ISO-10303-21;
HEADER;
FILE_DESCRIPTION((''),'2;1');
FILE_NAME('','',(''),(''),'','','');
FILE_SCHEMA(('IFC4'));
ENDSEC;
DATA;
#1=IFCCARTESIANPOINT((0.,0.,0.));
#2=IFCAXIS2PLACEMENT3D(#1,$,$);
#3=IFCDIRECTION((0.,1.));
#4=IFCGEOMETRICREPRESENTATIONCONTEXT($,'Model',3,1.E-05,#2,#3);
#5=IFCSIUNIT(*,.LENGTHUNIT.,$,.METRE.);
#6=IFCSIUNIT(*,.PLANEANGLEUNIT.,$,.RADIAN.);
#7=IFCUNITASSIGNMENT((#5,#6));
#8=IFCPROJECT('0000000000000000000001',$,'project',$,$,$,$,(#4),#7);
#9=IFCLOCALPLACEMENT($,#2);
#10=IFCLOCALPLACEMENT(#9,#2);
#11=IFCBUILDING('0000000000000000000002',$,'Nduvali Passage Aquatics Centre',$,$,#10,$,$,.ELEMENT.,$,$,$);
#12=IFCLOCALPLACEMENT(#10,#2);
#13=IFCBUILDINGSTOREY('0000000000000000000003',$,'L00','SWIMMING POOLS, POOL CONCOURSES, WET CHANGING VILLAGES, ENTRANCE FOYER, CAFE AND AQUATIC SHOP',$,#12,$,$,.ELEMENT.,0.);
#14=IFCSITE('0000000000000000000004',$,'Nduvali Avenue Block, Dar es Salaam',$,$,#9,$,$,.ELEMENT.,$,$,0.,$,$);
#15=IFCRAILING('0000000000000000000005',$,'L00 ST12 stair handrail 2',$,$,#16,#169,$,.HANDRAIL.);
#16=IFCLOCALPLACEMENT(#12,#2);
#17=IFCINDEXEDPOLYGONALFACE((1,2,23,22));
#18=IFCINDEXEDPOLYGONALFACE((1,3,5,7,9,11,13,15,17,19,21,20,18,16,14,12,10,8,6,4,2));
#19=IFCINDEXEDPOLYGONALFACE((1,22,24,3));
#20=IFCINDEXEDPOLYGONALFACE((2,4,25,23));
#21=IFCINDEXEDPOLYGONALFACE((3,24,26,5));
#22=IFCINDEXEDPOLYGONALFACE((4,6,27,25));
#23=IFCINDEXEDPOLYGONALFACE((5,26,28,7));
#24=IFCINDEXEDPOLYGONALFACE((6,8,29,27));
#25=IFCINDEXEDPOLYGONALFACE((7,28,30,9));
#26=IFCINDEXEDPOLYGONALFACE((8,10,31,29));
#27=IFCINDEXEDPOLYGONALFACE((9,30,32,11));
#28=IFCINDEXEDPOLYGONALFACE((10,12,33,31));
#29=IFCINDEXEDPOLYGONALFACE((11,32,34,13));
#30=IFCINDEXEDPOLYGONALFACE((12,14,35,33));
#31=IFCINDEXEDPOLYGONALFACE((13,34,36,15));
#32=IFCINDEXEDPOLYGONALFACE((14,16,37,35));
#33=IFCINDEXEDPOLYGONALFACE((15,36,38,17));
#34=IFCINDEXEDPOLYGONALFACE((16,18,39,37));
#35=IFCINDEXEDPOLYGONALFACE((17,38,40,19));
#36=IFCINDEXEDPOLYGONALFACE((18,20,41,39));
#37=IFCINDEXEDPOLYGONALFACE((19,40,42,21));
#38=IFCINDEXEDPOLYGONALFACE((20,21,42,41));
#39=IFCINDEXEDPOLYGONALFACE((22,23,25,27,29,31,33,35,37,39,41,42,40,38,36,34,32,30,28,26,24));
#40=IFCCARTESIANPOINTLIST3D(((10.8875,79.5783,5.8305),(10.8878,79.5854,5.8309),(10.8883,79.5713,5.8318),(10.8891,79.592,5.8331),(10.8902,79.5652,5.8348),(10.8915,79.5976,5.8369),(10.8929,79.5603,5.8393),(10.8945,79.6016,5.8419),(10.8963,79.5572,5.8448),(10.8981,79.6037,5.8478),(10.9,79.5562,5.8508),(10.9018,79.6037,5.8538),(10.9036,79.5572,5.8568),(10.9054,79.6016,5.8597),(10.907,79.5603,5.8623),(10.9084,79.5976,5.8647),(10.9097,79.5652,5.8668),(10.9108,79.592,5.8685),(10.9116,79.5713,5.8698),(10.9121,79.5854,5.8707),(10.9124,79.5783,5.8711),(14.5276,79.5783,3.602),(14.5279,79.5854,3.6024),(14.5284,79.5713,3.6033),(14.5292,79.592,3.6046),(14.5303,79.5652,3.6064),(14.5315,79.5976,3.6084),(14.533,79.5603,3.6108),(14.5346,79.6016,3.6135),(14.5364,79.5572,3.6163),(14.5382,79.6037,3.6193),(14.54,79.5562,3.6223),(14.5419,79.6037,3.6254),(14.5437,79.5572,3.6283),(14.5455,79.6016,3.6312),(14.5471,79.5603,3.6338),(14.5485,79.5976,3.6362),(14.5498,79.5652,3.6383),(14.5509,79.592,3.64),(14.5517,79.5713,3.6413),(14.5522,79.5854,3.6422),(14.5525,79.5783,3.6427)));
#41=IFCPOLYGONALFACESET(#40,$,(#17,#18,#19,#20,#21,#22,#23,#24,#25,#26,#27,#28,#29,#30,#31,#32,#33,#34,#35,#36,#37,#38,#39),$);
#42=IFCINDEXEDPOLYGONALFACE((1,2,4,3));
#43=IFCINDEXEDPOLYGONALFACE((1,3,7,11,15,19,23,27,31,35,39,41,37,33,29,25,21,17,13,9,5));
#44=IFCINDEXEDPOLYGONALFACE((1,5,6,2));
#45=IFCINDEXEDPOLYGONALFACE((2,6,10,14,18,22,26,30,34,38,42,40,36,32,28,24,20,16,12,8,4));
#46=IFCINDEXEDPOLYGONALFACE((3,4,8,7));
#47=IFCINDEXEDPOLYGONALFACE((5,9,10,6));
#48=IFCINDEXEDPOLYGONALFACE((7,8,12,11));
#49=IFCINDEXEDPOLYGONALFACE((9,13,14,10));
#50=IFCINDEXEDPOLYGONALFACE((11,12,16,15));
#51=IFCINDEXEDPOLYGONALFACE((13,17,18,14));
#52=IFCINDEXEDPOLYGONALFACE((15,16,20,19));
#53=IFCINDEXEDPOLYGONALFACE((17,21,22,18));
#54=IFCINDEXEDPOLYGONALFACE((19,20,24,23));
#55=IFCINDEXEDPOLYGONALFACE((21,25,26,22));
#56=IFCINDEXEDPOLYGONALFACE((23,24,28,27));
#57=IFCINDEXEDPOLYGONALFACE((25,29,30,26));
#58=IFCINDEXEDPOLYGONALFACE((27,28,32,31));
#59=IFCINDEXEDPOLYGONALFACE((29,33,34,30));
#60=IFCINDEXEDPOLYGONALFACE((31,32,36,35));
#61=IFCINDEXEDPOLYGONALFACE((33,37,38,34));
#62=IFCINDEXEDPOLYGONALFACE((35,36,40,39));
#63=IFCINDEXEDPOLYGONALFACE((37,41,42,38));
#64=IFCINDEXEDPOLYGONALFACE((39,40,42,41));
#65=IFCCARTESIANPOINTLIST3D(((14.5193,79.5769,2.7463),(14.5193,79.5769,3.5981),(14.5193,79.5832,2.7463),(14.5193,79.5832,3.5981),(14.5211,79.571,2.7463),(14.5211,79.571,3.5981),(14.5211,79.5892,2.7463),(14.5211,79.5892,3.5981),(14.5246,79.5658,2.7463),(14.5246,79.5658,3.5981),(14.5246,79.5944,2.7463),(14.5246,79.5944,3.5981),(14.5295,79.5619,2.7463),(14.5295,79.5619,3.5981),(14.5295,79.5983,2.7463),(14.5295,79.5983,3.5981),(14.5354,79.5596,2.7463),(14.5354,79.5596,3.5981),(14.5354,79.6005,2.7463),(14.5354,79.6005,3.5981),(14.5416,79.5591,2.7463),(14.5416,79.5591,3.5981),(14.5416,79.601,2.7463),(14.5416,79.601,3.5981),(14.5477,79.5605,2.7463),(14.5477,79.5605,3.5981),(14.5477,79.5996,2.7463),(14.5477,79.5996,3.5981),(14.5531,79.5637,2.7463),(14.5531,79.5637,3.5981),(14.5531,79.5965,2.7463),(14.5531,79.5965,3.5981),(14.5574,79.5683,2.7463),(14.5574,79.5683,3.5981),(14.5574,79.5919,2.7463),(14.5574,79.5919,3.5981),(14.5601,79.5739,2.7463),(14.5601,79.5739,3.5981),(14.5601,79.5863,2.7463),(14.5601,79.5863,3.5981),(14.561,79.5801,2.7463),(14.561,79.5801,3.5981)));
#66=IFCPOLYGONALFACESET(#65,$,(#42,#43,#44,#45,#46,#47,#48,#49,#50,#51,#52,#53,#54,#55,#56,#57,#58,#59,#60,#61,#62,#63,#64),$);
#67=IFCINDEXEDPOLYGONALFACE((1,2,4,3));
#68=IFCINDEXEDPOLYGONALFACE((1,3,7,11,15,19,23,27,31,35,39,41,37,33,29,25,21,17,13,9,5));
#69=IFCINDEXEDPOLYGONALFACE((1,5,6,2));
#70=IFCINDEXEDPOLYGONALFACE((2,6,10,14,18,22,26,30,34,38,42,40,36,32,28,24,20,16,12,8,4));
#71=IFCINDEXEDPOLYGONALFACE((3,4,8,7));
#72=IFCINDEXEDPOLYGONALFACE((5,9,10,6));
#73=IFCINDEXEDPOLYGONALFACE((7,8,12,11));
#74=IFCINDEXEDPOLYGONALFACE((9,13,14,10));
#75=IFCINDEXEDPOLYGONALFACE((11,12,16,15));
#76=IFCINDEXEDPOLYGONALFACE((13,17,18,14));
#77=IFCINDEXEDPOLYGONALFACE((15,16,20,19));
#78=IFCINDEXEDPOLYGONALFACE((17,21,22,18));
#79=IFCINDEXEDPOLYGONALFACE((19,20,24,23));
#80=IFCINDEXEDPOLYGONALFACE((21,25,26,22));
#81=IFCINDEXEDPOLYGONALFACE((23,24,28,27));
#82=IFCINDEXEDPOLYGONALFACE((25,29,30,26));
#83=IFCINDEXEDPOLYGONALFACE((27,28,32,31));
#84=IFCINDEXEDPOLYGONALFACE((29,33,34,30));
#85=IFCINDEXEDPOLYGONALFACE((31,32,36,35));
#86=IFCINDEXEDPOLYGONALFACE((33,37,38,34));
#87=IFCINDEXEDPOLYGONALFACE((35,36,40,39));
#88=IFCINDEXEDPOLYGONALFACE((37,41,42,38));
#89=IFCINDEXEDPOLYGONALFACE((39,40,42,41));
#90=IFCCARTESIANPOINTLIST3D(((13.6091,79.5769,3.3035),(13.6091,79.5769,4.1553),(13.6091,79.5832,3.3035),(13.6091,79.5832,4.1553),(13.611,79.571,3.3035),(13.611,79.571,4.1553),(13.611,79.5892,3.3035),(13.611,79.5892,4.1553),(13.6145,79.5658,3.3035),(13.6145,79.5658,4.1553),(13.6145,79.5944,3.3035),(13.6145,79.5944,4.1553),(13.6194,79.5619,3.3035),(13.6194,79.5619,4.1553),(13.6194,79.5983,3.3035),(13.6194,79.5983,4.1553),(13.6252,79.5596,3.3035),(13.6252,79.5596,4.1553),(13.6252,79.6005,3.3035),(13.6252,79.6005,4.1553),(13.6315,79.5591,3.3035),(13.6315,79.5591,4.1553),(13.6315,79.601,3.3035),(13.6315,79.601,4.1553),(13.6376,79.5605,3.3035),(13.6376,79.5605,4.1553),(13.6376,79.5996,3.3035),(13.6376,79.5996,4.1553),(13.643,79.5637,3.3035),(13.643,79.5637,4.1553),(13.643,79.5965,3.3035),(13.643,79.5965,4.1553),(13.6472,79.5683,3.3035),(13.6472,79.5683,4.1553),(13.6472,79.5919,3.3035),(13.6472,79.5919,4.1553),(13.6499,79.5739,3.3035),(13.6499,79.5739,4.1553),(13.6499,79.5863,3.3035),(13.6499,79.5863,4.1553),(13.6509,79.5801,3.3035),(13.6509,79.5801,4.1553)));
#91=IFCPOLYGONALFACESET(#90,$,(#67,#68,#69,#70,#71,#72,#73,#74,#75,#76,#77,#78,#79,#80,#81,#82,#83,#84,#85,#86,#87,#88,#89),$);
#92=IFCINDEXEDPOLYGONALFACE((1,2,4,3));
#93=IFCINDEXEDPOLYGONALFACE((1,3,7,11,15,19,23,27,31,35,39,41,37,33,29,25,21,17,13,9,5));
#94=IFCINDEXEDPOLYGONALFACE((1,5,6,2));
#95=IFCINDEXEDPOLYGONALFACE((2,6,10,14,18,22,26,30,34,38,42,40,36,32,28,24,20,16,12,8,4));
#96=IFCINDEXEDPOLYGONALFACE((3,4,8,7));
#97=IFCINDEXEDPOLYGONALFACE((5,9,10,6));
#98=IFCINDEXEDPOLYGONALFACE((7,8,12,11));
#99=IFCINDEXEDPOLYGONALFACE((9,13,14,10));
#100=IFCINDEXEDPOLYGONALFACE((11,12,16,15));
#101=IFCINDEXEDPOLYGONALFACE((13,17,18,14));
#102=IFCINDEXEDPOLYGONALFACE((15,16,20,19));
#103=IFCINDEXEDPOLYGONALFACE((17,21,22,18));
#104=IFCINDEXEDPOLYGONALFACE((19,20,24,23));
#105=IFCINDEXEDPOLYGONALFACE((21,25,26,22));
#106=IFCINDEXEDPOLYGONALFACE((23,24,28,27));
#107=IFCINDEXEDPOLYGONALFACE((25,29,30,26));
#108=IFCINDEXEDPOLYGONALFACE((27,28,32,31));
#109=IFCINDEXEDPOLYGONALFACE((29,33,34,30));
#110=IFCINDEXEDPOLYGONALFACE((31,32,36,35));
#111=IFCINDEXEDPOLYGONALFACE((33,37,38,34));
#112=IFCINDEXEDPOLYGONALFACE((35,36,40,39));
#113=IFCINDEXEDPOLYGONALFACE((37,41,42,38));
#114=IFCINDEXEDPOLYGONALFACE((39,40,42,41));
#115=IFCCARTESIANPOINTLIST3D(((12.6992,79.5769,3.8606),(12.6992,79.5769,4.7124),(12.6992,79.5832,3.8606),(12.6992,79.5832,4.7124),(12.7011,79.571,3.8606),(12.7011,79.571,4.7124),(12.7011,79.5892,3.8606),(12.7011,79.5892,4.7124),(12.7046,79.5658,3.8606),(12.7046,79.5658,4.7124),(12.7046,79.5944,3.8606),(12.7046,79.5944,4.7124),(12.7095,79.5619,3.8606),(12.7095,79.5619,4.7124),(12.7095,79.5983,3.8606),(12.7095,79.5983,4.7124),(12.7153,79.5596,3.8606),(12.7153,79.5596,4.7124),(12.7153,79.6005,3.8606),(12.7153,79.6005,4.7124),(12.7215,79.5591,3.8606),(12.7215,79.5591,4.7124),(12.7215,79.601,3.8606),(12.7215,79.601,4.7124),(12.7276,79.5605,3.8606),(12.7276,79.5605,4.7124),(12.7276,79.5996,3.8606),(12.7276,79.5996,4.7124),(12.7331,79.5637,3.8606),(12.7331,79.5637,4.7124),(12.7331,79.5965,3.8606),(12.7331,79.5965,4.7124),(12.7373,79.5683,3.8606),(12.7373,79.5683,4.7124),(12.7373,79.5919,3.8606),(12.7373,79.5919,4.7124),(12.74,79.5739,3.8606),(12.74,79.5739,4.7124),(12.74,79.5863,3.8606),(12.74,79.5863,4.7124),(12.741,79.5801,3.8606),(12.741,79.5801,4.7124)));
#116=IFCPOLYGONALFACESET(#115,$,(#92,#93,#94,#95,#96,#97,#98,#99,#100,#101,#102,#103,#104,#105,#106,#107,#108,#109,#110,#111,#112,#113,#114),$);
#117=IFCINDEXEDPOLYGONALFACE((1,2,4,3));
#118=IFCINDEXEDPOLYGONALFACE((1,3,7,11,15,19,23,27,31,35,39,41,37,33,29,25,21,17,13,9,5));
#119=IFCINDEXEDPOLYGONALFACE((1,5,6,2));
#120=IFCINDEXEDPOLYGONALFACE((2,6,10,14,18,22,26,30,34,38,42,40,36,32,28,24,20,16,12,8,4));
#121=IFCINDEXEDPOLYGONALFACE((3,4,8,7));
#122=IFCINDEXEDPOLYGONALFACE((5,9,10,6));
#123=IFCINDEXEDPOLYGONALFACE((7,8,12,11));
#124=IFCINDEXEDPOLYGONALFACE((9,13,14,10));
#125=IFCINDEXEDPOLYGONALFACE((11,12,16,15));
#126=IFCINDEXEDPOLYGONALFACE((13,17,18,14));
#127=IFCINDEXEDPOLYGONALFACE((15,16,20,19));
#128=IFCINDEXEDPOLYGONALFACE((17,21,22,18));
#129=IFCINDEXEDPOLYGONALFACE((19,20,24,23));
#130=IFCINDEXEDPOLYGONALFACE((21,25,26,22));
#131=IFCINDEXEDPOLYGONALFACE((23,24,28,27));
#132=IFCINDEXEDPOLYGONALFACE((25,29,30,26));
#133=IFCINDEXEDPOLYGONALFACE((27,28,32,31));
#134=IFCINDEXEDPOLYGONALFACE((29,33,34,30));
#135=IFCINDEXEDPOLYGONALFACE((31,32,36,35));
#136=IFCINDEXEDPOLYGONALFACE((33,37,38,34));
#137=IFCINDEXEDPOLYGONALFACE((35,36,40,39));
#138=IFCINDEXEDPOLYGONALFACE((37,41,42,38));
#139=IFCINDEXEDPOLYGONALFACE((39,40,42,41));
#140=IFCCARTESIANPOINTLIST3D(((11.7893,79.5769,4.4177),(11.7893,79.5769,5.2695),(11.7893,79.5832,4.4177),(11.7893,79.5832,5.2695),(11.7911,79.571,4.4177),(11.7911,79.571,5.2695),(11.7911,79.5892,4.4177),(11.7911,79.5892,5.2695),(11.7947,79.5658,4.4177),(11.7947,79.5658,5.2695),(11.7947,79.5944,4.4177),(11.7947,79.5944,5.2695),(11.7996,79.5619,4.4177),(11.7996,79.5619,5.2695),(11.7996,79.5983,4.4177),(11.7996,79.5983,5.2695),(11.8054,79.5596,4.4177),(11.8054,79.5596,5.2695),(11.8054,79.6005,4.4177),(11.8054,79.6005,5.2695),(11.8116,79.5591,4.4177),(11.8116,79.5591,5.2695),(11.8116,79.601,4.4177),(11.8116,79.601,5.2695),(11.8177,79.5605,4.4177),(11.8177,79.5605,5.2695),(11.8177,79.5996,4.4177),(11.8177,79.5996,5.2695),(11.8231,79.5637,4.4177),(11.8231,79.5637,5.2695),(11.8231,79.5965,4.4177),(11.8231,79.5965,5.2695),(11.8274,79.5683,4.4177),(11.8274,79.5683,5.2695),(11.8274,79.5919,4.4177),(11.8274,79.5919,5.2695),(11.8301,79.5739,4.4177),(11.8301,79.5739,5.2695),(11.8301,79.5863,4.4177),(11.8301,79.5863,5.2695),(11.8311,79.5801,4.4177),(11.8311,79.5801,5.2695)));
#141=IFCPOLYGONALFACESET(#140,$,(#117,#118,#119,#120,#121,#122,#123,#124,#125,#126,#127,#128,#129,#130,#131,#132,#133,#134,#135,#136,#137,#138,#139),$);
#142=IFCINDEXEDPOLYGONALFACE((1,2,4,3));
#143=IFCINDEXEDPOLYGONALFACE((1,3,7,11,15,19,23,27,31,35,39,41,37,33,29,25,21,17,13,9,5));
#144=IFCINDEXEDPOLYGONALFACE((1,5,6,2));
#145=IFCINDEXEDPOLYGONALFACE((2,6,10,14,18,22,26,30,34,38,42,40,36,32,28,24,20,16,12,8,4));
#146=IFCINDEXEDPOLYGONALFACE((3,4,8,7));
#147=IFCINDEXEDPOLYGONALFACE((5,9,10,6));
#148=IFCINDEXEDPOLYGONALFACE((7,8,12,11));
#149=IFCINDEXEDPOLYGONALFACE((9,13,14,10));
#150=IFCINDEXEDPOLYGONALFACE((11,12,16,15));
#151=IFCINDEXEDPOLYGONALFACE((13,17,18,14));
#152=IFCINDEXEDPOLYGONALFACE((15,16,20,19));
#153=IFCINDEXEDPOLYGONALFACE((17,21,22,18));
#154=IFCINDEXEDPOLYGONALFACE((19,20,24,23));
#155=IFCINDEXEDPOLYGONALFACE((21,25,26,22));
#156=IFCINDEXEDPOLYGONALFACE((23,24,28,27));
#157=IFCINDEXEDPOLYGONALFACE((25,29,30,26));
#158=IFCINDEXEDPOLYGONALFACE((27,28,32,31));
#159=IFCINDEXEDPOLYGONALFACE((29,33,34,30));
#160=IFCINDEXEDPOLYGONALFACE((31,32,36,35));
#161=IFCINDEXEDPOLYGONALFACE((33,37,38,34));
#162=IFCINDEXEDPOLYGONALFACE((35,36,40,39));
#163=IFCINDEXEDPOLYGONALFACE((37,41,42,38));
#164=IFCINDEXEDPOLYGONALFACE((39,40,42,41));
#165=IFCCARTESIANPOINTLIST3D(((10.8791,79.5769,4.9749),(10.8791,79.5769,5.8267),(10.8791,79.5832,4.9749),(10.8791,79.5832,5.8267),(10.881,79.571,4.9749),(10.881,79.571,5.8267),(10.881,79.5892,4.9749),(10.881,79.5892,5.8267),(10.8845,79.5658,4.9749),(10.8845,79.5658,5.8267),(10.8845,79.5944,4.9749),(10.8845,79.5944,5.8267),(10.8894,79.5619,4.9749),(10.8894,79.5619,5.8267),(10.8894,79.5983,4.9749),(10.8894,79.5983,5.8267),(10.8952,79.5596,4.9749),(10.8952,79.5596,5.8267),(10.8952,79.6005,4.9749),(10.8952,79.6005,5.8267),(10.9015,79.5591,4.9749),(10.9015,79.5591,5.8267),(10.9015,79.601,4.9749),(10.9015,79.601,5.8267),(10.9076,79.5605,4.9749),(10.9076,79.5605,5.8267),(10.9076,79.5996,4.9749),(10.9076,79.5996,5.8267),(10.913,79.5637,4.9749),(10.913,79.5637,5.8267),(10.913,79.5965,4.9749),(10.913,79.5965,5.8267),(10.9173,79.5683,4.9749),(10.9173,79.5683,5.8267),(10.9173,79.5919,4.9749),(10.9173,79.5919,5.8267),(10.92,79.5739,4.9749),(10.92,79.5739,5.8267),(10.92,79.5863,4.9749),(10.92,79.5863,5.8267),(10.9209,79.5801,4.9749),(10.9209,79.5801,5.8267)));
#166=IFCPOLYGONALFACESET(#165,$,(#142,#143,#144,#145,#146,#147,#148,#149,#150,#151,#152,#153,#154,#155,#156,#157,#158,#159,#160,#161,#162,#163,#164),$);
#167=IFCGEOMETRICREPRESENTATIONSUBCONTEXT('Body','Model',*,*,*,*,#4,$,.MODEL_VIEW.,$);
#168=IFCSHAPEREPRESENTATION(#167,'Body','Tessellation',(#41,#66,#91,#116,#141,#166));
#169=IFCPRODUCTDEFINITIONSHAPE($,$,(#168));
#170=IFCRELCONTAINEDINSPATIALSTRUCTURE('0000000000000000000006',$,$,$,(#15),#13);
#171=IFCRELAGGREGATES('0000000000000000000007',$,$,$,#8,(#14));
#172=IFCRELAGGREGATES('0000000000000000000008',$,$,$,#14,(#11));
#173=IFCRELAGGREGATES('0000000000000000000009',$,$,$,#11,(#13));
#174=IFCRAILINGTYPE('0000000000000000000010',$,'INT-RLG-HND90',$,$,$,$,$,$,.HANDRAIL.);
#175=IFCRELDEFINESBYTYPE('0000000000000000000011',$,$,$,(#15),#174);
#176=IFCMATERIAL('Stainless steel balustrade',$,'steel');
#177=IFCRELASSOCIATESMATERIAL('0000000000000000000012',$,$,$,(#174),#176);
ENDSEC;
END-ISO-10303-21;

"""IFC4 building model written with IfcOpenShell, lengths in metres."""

from ifc_helpers import new_model, si_unit, direction, frame, origin, origin_2d, place, context, subcontext, project, spatial, circle, extrude, material, type_object, element, save


model = new_model("IFC4")

# Units and contexts
model_context = context("Model", 3, precision=1e-05, world=origin(), true_north=direction((0.0, 1.0)))
body_context = subcontext(model_context, "Body", "Model", "MODEL_VIEW")
ifc_project = project(units=[si_unit("LENGTHUNIT", "METRE"), si_unit("PLANEANGLEUNIT", "RADIAN")], contexts=[model_context])

# Site, building, storey
site_placement = place(None, origin())
site = spatial("IfcSite", under=ifc_project, at=site_placement, Name="Nduvali Avenue Block, Dar es Salaam", CompositionType="ELEMENT", RefElevation=0.0)
building_placement = place(site_placement, origin())
building = spatial("IfcBuilding", under=site, at=building_placement, Name="Nduvali Passage Aquatics Centre", CompositionType="ELEMENT")
storey_placement = place(building_placement, origin())
storey = spatial("IfcBuildingStorey", under=building, at=storey_placement, Name="L00", Description="SWIMMING POOLS, POOL CONCOURSES, WET CHANGING VILLAGES, ENTRANCE FOYER, CAFE AND AQUATIC SHOP", CompositionType="ELEMENT", Elevation=0.0)

# Railing
ifc_material_1 = material(Name="Stainless steel balustrade", Category="steel")
railing_type_1 = type_object("IfcRailingType", Name="INT-RLG-HND90", PredefinedType="HANDRAIL", material=ifc_material_1)
railing_1_placement = place(storey_placement, frame((14.54, 79.5801, 2.7463)))
element("IfcRailing", 1, at=railing_1_placement, inside=storey, type_object=railing_type_1, Name="L00 ST12 stair handrail 2", PredefinedType="HANDRAIL", context=body_context, shape_type="SweptSolid", body=[
    extrude(circle(Radius=0.0239, at=origin_2d()), frame((0.0, 0.0, 0.876), z_axis=(-0.852866, 0.0, 0.52213), x_axis=(0.0, -1.0, 0.0)), (0.0, 0.0, 1.0), 4.2681),
    extrude(circle(Radius=0.021, at=origin_2d()), origin(), (0.0, 0.0, 1.0), 0.8518),
    extrude(circle(Radius=0.021, at=origin_2d()), frame((-0.9102, 0.0, 0.5571)), (0.0, 0.0, 1.0), 0.8518),
    extrude(circle(Radius=0.021, at=origin_2d()), frame((-1.8201, 0.0, 1.1143)), (0.0, 0.0, 1.0), 0.8518),
    extrude(circle(Radius=0.021, at=origin_2d()), frame((-2.73, 0.0, 1.6714)), (0.0, 0.0, 1.0), 0.8518),
    extrude(circle(Radius=0.021, at=origin_2d()), frame((-3.6401, 0.0, 2.2285)), (0.0, 0.0, 1.0), 0.8518),
])

save(model, "model.ifc")
